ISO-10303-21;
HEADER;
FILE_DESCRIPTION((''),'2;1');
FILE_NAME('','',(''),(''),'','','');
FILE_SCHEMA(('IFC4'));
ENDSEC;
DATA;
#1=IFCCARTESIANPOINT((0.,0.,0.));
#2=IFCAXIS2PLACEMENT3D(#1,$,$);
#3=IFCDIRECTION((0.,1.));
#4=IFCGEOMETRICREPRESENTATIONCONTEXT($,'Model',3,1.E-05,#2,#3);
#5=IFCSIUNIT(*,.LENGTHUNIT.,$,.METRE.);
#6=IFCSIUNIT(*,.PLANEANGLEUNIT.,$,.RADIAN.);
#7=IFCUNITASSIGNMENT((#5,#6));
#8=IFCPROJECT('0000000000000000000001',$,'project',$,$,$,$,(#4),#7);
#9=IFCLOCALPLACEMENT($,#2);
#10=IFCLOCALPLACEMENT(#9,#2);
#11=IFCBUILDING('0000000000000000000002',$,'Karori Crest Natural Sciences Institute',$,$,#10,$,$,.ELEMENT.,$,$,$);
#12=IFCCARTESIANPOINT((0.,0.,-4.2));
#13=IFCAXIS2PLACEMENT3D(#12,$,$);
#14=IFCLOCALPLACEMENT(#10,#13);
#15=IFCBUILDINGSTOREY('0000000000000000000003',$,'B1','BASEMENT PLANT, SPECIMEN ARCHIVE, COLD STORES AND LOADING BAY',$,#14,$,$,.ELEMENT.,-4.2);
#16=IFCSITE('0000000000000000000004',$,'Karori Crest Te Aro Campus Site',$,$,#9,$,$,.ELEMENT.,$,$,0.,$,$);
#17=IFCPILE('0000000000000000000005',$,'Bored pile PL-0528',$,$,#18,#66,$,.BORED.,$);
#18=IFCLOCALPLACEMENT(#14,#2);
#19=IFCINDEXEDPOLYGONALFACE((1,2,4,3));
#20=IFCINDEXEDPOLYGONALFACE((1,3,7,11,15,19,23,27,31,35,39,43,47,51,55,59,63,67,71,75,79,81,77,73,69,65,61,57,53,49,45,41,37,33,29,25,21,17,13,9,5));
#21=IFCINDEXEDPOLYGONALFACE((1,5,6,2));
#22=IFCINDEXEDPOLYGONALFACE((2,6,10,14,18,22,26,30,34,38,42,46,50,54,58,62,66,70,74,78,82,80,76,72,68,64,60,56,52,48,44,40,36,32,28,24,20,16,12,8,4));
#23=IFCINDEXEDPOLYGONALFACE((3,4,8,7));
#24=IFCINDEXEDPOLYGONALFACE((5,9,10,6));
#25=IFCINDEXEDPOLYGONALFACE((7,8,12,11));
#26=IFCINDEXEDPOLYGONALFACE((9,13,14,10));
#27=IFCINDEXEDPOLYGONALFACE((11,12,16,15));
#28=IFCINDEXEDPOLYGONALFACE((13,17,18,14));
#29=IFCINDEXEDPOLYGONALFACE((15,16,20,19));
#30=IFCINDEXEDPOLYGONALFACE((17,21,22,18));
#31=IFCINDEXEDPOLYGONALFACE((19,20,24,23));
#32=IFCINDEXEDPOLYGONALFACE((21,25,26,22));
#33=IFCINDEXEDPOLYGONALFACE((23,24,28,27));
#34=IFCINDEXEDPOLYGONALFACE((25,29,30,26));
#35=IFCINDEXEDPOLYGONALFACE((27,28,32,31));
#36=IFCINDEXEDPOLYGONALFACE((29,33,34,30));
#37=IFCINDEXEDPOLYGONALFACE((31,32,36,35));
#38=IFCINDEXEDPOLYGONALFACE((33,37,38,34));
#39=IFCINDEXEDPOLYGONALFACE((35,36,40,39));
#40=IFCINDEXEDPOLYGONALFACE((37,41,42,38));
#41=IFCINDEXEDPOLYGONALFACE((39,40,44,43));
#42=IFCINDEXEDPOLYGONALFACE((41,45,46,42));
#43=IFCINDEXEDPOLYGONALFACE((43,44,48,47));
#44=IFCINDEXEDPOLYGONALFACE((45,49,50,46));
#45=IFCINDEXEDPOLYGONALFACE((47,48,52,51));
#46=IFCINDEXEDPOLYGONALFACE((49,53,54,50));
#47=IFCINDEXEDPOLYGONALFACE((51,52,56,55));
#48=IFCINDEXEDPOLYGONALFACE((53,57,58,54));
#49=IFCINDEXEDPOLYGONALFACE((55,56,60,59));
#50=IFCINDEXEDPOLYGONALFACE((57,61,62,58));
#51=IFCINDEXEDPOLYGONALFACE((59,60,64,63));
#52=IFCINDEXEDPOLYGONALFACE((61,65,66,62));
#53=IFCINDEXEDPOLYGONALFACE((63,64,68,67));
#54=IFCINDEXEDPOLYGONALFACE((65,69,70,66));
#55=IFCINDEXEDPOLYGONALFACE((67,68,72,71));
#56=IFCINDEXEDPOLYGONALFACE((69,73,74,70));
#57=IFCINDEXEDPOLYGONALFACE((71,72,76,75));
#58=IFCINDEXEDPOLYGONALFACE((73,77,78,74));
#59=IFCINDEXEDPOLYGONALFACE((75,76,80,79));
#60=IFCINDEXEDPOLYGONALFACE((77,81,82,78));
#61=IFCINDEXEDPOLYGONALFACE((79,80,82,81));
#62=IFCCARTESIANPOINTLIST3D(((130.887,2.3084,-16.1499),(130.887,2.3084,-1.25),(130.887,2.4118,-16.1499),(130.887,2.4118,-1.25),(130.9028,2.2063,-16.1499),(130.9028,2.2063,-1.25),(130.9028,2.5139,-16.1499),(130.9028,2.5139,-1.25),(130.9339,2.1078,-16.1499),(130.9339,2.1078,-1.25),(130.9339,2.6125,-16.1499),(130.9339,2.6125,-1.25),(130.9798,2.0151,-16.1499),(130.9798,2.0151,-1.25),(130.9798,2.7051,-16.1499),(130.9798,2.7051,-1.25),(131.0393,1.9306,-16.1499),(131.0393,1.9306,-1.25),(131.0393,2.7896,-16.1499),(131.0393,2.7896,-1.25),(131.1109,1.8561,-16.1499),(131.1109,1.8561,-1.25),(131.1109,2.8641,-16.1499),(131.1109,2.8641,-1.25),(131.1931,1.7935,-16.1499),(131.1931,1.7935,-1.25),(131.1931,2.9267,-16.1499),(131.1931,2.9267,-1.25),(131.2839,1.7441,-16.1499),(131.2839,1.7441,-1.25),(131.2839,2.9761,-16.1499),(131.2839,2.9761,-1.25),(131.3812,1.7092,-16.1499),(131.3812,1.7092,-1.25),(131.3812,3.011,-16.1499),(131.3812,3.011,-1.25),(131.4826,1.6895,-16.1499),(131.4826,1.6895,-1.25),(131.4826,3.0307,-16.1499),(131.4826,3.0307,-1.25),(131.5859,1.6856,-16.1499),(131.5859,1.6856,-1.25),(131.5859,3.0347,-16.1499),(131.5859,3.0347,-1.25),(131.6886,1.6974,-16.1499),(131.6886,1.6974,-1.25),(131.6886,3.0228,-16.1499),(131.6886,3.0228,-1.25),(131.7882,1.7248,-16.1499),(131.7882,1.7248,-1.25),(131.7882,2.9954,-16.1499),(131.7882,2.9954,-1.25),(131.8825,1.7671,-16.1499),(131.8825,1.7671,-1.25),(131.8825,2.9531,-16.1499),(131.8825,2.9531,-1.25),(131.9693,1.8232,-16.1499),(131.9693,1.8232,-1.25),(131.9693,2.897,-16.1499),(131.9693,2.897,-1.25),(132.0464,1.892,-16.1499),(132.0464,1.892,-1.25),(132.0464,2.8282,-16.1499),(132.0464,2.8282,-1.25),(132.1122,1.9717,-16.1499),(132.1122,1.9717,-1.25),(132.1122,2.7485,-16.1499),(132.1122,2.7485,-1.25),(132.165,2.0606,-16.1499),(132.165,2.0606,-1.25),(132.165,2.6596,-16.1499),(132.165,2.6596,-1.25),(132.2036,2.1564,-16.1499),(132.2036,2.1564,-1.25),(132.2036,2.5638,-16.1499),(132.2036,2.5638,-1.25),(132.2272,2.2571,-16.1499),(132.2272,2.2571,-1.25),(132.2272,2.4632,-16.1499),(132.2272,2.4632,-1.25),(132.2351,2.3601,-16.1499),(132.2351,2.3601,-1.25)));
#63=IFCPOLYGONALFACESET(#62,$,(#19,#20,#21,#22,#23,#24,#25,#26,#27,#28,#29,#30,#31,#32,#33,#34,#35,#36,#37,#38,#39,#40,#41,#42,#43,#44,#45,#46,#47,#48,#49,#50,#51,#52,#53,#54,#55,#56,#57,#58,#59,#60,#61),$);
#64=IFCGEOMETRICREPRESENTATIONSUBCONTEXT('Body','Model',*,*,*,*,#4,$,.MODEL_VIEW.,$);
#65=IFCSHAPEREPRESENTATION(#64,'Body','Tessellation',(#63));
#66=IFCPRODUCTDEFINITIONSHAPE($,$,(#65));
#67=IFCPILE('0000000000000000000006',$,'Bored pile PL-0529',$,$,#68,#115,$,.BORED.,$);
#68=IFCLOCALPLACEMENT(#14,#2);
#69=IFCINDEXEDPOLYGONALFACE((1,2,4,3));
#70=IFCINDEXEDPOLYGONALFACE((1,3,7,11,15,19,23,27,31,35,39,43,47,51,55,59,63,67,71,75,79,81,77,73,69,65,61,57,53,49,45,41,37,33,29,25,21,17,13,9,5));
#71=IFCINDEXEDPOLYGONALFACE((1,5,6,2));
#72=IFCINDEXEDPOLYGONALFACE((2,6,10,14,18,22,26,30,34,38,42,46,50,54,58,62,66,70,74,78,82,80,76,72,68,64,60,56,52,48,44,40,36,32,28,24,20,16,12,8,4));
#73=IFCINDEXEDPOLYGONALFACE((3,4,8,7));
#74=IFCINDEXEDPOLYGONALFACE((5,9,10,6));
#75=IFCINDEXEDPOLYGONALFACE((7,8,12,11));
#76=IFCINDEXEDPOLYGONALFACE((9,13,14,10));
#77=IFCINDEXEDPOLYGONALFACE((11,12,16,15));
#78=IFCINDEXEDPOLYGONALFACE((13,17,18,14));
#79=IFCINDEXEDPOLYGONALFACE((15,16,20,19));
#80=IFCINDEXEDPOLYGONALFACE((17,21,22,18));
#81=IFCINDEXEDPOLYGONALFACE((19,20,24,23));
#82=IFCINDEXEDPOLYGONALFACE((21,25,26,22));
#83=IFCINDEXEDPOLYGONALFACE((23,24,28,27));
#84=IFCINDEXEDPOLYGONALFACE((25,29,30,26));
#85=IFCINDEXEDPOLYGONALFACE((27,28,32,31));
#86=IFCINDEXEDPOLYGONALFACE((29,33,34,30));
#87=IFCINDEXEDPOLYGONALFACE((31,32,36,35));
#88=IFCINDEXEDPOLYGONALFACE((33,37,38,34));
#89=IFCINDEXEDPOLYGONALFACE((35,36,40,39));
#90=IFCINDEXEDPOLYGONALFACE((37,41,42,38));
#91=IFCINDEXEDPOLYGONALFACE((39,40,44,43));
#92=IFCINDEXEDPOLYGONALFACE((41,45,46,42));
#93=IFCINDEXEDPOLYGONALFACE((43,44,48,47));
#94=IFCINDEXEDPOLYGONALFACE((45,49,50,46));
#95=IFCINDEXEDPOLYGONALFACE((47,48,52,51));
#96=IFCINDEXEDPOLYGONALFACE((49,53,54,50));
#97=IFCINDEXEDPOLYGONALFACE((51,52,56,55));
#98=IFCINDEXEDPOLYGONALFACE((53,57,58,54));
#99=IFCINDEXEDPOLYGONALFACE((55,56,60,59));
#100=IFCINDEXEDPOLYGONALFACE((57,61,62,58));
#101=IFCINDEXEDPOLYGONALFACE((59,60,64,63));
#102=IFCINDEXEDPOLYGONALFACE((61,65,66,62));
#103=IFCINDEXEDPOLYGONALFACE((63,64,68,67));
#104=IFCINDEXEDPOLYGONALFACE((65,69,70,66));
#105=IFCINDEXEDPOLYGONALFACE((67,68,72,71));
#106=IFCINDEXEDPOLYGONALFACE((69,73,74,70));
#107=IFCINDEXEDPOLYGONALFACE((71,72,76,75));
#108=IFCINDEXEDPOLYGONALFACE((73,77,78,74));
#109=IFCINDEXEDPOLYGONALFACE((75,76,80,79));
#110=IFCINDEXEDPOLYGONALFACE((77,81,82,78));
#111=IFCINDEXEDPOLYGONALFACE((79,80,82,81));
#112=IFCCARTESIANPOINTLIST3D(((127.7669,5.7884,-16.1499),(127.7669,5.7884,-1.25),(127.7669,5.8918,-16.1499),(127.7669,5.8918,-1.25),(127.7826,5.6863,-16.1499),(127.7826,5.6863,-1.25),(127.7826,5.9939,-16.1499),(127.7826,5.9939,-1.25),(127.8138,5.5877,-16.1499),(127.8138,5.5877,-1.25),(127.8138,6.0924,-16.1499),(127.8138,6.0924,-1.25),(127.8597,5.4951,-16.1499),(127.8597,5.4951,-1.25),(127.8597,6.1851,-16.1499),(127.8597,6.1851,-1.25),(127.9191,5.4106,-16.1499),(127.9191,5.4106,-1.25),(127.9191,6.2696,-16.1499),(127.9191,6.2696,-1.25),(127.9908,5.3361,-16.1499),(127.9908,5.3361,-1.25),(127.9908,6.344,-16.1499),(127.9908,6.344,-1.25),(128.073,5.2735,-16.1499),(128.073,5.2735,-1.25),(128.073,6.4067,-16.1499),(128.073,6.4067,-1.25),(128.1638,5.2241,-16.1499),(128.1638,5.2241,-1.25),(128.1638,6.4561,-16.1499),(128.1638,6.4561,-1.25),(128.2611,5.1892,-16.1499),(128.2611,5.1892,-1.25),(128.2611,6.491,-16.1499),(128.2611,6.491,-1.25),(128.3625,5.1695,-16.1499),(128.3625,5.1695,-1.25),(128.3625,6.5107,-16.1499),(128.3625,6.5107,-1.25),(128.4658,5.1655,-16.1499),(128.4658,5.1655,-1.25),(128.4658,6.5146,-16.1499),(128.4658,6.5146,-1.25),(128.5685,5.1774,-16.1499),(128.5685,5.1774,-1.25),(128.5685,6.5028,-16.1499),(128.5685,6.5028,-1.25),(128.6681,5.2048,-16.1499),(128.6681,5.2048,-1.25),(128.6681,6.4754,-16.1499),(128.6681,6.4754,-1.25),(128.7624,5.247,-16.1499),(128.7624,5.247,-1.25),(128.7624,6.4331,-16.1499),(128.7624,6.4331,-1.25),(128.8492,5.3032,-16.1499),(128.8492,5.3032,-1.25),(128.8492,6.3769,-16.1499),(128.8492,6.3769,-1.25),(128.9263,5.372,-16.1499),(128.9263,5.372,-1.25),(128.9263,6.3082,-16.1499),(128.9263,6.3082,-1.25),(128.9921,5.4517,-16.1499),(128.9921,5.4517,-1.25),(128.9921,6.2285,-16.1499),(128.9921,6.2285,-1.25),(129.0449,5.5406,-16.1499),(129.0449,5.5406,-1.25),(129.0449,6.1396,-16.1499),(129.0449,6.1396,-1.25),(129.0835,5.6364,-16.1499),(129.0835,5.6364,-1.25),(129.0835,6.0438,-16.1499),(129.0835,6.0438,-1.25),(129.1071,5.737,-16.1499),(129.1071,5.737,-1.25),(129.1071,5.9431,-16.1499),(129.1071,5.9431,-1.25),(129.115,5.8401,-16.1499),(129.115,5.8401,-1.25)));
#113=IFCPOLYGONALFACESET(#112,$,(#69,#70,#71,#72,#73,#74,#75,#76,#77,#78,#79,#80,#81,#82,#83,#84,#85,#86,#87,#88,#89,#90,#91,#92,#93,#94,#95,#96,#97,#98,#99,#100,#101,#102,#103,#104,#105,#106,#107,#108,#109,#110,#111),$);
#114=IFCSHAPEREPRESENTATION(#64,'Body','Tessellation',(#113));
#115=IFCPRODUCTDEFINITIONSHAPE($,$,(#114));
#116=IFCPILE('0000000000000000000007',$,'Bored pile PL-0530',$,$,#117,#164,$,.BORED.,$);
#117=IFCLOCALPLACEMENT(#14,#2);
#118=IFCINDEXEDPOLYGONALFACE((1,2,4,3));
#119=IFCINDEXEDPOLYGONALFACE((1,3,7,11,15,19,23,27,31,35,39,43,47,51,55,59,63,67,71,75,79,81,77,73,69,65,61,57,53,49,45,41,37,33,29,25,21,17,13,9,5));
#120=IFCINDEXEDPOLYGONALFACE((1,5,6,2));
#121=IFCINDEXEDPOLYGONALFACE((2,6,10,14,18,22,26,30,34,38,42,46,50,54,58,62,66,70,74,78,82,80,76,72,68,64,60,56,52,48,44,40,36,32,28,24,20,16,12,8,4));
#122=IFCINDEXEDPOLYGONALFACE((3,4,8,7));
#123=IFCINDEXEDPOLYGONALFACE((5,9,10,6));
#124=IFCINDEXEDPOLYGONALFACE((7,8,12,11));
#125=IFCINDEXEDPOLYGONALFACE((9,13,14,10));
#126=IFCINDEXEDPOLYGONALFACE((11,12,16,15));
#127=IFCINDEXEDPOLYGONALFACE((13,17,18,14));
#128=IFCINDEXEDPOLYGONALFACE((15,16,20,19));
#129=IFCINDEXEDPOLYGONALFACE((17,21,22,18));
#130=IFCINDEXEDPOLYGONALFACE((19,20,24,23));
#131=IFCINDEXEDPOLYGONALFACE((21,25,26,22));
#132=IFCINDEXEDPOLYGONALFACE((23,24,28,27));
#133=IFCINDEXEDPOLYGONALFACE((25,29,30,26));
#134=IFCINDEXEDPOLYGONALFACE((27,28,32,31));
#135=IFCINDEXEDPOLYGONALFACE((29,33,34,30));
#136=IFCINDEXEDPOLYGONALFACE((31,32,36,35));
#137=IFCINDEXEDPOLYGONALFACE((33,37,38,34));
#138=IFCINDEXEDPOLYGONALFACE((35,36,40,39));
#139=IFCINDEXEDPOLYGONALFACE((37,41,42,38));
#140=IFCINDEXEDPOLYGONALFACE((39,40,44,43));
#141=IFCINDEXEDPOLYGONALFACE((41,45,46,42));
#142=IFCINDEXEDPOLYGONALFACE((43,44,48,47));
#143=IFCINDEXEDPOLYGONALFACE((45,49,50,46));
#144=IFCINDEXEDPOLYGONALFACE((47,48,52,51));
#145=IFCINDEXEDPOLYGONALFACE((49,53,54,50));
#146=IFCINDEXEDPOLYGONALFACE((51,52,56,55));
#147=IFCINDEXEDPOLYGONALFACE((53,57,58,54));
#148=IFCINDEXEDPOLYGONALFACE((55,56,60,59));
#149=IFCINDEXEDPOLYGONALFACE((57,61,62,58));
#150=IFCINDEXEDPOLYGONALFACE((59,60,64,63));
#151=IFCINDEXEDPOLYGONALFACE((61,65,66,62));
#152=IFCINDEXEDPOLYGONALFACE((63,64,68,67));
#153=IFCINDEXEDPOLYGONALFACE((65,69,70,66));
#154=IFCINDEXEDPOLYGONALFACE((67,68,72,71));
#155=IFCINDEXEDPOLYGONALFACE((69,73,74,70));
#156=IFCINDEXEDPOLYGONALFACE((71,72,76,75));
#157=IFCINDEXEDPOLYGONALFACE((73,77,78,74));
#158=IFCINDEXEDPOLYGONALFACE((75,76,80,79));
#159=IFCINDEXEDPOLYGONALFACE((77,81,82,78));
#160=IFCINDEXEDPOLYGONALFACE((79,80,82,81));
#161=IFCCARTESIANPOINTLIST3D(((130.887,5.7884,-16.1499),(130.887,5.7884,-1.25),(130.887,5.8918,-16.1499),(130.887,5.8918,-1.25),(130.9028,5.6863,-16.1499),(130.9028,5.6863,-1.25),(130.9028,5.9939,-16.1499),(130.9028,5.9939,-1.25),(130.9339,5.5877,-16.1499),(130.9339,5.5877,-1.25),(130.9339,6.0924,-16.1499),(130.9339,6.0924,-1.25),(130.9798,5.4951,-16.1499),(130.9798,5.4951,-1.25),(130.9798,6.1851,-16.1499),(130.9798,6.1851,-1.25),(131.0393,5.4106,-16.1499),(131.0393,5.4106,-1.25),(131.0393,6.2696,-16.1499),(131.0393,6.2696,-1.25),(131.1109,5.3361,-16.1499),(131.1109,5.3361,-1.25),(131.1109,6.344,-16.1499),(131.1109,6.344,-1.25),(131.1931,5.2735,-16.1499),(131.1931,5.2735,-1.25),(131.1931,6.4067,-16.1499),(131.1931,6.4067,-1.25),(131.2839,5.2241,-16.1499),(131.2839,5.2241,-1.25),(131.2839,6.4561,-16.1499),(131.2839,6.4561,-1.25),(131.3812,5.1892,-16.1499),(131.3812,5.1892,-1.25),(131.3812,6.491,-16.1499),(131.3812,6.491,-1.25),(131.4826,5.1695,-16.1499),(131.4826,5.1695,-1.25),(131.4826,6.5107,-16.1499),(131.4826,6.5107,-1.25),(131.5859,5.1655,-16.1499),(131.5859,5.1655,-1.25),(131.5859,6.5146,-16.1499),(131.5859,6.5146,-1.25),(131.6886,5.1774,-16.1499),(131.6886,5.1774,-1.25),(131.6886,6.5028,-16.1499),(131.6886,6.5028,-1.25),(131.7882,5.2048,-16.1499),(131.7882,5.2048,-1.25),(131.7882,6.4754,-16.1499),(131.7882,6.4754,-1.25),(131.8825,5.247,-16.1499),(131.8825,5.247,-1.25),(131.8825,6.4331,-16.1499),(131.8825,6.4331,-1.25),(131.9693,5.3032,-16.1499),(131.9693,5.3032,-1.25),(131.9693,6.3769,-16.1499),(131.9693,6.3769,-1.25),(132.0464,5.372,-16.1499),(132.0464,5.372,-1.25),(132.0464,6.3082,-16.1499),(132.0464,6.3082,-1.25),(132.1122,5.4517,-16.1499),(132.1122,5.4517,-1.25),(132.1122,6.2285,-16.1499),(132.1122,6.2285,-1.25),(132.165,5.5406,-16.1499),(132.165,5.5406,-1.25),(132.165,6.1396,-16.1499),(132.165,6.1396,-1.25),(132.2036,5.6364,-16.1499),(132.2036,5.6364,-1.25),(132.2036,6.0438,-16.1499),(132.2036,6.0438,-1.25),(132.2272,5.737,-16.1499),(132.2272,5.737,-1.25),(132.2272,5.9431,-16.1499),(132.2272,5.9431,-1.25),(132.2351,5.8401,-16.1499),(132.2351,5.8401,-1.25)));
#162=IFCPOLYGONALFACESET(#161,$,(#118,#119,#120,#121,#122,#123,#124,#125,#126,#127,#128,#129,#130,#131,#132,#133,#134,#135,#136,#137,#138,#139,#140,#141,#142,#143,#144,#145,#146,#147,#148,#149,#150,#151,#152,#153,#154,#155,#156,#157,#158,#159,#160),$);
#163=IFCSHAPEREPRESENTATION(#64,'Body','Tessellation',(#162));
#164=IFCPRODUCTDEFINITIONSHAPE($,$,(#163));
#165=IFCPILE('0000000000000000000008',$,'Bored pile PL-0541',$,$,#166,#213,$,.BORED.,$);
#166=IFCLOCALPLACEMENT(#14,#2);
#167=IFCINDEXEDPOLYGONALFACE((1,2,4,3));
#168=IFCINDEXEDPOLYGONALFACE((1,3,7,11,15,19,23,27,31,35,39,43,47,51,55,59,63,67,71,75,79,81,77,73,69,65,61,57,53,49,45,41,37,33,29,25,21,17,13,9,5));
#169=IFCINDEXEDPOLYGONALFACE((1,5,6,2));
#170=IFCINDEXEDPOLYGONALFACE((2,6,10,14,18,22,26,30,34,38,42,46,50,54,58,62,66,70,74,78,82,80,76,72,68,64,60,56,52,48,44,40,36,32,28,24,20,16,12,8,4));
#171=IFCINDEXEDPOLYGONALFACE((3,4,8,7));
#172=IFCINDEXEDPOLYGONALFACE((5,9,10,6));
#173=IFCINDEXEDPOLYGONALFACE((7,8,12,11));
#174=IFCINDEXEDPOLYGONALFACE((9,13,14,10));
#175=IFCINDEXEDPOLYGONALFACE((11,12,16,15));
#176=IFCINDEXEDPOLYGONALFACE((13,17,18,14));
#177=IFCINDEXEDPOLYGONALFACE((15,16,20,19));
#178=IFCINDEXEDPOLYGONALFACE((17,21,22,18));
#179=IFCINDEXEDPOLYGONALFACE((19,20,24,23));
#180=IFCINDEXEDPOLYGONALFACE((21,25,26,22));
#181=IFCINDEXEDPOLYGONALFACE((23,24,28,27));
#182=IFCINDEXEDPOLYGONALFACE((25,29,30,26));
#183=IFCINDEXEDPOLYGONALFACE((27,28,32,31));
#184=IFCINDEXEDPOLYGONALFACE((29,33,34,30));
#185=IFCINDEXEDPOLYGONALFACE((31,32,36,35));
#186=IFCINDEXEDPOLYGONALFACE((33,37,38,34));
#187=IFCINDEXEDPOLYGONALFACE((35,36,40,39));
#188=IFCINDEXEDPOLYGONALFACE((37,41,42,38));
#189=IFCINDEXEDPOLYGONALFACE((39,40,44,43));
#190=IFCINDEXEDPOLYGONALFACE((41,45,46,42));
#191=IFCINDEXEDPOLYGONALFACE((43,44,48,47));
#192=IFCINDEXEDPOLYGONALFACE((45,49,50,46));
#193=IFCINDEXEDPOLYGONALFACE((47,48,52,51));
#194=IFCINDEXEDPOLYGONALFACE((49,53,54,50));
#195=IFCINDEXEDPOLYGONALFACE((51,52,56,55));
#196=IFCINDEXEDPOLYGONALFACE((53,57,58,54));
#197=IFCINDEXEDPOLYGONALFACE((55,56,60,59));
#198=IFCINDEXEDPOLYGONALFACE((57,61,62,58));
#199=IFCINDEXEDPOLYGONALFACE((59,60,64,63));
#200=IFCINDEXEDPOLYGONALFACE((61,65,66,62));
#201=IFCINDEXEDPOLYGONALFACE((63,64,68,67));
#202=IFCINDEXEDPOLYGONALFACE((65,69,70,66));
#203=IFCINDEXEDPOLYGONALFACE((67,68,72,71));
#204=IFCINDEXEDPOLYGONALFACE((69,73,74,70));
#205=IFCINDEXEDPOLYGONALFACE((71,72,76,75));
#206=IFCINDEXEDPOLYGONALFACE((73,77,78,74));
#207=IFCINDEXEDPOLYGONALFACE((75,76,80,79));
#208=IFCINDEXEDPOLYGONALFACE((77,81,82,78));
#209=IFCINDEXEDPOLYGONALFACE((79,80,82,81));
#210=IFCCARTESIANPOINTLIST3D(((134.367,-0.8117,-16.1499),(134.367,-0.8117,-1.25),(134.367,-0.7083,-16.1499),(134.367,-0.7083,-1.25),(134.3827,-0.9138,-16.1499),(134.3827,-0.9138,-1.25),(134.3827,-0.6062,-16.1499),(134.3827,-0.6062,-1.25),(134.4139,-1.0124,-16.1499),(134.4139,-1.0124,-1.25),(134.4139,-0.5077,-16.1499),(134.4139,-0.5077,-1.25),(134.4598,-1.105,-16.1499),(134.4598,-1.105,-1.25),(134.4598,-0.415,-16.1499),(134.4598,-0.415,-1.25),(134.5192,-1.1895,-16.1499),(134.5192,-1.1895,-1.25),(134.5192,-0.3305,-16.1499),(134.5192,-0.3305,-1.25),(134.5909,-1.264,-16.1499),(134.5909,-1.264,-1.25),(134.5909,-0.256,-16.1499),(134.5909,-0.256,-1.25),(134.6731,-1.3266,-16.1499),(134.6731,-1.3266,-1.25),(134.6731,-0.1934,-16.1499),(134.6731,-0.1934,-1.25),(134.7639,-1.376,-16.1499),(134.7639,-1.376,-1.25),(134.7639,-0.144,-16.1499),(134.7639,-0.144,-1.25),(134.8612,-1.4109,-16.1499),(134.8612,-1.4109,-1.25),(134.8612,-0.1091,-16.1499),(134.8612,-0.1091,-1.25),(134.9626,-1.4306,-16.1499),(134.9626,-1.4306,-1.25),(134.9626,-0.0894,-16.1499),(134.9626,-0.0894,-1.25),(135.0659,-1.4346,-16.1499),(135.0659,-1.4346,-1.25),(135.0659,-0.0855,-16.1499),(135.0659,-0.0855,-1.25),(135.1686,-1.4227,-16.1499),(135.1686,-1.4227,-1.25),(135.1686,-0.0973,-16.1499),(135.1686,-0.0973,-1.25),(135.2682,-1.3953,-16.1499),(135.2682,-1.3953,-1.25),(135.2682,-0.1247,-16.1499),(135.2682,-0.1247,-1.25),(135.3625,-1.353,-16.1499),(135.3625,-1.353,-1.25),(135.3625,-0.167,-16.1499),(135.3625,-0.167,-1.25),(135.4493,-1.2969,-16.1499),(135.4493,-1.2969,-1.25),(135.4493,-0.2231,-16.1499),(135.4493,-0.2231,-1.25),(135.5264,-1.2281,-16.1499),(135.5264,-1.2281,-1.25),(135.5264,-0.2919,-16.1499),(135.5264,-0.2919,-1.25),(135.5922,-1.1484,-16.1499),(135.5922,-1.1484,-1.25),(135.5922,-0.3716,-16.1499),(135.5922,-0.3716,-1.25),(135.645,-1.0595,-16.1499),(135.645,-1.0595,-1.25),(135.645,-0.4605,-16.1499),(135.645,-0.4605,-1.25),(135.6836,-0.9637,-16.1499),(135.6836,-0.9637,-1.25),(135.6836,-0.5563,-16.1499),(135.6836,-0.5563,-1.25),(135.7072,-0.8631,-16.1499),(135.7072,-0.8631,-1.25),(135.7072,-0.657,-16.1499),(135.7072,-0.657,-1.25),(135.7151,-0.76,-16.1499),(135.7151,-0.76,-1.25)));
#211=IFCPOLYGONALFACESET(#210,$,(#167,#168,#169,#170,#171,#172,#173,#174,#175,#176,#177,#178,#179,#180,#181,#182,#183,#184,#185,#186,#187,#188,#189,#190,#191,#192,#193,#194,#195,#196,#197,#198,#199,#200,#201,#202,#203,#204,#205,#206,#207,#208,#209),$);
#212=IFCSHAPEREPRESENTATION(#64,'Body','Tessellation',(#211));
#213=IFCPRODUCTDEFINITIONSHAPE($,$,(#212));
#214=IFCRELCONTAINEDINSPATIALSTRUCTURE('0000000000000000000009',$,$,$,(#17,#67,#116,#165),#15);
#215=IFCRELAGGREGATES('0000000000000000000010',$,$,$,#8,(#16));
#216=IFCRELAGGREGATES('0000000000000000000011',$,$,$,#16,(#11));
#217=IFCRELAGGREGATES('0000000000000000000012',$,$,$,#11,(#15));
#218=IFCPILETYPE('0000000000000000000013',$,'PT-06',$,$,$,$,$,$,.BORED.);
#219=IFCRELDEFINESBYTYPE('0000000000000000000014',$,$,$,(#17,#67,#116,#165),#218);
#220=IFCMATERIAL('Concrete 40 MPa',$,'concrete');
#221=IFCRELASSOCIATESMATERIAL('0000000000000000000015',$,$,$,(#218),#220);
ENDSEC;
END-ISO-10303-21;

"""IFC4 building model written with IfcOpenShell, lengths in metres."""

from ifc_helpers import new_model, si_unit, direction, frame, origin, origin_2d, place, context, subcontext, project, spatial, circle, extrude, material, material_profile, profile_set, type_object, element, save


model = new_model("IFC4")

# Units and contexts
model_context = context("Model", 3, precision=1e-05, world=origin(), true_north=direction((0.0, 1.0)))
body_context = subcontext(model_context, "Body", "Model", "MODEL_VIEW")
ifc_project = project(units=[si_unit("LENGTHUNIT", "METRE"), si_unit("PLANEANGLEUNIT", "RADIAN")], contexts=[model_context])

# Site, building, storey
site_placement = place(None, origin())
site = spatial("IfcSite", under=ifc_project, at=site_placement, Name="Karori Crest Te Aro Campus Site", CompositionType="ELEMENT", RefElevation=0.0)
building_placement = place(site_placement, origin())
building = spatial("IfcBuilding", under=site, at=building_placement, Name="Karori Crest Natural Sciences Institute", CompositionType="ELEMENT")
storey_placement = place(building_placement, frame((0.0, 0.0, -4.2)))
storey = spatial("IfcBuildingStorey", under=building, at=storey_placement, Name="B1", Description="BASEMENT PLANT, SPECIMEN ARCHIVE, COLD STORES AND LOADING BAY", CompositionType="ELEMENT", Elevation=-4.2)

# Shared definitions
ifc_material_1 = material(Name="Concrete 40 MPa", Category="concrete")

# Piles
ifc_material_profile_1 = material_profile(ifc_material_1, circle(Radius=0.675, at=origin_2d()), Name="PILE1350")
ifc_profile_set_1 = profile_set([ifc_material_profile_1], Name="Concrete 40 MPa")
pile_type = type_object("IfcPileType", Name="PT-06", PredefinedType="BORED", material=ifc_profile_set_1)
for number, where, z_axis, x_axis, name in (
    (1, (131.5601, 2.3601, -1.25), (0.0, 0.0, -1.0), (1.0, 0.0, 0.0), "Bored pile PL-0528"),
    (2, (128.4399, 5.8401, -1.25), (0.0, 0.0, -1.0), (1.0, 0.0, 0.0), "Bored pile PL-0529"),
    (3, (131.5601, 5.8401, -1.25), (0.0, 0.0, -1.0), (1.0, 0.0, 0.0), "Bored pile PL-0530"),
    (4, (135.04, -0.76, -1.25), (0.0, 0.0, -1.0), (1.0, 0.0, 0.0), "Bored pile PL-0541"),
):
    element("IfcPile", number, at=place(storey_placement, frame(where, z_axis=z_axis, x_axis=x_axis)), inside=storey, type_object=pile_type, Name=name, PredefinedType="BORED", context=body_context, shape_type="SweptSolid", body=[
        extrude(circle(Radius=0.675, at=origin_2d()), origin(), (0.0, 0.0, 1.0), 14.8999),
    ])

save(model, "model.ifc")
